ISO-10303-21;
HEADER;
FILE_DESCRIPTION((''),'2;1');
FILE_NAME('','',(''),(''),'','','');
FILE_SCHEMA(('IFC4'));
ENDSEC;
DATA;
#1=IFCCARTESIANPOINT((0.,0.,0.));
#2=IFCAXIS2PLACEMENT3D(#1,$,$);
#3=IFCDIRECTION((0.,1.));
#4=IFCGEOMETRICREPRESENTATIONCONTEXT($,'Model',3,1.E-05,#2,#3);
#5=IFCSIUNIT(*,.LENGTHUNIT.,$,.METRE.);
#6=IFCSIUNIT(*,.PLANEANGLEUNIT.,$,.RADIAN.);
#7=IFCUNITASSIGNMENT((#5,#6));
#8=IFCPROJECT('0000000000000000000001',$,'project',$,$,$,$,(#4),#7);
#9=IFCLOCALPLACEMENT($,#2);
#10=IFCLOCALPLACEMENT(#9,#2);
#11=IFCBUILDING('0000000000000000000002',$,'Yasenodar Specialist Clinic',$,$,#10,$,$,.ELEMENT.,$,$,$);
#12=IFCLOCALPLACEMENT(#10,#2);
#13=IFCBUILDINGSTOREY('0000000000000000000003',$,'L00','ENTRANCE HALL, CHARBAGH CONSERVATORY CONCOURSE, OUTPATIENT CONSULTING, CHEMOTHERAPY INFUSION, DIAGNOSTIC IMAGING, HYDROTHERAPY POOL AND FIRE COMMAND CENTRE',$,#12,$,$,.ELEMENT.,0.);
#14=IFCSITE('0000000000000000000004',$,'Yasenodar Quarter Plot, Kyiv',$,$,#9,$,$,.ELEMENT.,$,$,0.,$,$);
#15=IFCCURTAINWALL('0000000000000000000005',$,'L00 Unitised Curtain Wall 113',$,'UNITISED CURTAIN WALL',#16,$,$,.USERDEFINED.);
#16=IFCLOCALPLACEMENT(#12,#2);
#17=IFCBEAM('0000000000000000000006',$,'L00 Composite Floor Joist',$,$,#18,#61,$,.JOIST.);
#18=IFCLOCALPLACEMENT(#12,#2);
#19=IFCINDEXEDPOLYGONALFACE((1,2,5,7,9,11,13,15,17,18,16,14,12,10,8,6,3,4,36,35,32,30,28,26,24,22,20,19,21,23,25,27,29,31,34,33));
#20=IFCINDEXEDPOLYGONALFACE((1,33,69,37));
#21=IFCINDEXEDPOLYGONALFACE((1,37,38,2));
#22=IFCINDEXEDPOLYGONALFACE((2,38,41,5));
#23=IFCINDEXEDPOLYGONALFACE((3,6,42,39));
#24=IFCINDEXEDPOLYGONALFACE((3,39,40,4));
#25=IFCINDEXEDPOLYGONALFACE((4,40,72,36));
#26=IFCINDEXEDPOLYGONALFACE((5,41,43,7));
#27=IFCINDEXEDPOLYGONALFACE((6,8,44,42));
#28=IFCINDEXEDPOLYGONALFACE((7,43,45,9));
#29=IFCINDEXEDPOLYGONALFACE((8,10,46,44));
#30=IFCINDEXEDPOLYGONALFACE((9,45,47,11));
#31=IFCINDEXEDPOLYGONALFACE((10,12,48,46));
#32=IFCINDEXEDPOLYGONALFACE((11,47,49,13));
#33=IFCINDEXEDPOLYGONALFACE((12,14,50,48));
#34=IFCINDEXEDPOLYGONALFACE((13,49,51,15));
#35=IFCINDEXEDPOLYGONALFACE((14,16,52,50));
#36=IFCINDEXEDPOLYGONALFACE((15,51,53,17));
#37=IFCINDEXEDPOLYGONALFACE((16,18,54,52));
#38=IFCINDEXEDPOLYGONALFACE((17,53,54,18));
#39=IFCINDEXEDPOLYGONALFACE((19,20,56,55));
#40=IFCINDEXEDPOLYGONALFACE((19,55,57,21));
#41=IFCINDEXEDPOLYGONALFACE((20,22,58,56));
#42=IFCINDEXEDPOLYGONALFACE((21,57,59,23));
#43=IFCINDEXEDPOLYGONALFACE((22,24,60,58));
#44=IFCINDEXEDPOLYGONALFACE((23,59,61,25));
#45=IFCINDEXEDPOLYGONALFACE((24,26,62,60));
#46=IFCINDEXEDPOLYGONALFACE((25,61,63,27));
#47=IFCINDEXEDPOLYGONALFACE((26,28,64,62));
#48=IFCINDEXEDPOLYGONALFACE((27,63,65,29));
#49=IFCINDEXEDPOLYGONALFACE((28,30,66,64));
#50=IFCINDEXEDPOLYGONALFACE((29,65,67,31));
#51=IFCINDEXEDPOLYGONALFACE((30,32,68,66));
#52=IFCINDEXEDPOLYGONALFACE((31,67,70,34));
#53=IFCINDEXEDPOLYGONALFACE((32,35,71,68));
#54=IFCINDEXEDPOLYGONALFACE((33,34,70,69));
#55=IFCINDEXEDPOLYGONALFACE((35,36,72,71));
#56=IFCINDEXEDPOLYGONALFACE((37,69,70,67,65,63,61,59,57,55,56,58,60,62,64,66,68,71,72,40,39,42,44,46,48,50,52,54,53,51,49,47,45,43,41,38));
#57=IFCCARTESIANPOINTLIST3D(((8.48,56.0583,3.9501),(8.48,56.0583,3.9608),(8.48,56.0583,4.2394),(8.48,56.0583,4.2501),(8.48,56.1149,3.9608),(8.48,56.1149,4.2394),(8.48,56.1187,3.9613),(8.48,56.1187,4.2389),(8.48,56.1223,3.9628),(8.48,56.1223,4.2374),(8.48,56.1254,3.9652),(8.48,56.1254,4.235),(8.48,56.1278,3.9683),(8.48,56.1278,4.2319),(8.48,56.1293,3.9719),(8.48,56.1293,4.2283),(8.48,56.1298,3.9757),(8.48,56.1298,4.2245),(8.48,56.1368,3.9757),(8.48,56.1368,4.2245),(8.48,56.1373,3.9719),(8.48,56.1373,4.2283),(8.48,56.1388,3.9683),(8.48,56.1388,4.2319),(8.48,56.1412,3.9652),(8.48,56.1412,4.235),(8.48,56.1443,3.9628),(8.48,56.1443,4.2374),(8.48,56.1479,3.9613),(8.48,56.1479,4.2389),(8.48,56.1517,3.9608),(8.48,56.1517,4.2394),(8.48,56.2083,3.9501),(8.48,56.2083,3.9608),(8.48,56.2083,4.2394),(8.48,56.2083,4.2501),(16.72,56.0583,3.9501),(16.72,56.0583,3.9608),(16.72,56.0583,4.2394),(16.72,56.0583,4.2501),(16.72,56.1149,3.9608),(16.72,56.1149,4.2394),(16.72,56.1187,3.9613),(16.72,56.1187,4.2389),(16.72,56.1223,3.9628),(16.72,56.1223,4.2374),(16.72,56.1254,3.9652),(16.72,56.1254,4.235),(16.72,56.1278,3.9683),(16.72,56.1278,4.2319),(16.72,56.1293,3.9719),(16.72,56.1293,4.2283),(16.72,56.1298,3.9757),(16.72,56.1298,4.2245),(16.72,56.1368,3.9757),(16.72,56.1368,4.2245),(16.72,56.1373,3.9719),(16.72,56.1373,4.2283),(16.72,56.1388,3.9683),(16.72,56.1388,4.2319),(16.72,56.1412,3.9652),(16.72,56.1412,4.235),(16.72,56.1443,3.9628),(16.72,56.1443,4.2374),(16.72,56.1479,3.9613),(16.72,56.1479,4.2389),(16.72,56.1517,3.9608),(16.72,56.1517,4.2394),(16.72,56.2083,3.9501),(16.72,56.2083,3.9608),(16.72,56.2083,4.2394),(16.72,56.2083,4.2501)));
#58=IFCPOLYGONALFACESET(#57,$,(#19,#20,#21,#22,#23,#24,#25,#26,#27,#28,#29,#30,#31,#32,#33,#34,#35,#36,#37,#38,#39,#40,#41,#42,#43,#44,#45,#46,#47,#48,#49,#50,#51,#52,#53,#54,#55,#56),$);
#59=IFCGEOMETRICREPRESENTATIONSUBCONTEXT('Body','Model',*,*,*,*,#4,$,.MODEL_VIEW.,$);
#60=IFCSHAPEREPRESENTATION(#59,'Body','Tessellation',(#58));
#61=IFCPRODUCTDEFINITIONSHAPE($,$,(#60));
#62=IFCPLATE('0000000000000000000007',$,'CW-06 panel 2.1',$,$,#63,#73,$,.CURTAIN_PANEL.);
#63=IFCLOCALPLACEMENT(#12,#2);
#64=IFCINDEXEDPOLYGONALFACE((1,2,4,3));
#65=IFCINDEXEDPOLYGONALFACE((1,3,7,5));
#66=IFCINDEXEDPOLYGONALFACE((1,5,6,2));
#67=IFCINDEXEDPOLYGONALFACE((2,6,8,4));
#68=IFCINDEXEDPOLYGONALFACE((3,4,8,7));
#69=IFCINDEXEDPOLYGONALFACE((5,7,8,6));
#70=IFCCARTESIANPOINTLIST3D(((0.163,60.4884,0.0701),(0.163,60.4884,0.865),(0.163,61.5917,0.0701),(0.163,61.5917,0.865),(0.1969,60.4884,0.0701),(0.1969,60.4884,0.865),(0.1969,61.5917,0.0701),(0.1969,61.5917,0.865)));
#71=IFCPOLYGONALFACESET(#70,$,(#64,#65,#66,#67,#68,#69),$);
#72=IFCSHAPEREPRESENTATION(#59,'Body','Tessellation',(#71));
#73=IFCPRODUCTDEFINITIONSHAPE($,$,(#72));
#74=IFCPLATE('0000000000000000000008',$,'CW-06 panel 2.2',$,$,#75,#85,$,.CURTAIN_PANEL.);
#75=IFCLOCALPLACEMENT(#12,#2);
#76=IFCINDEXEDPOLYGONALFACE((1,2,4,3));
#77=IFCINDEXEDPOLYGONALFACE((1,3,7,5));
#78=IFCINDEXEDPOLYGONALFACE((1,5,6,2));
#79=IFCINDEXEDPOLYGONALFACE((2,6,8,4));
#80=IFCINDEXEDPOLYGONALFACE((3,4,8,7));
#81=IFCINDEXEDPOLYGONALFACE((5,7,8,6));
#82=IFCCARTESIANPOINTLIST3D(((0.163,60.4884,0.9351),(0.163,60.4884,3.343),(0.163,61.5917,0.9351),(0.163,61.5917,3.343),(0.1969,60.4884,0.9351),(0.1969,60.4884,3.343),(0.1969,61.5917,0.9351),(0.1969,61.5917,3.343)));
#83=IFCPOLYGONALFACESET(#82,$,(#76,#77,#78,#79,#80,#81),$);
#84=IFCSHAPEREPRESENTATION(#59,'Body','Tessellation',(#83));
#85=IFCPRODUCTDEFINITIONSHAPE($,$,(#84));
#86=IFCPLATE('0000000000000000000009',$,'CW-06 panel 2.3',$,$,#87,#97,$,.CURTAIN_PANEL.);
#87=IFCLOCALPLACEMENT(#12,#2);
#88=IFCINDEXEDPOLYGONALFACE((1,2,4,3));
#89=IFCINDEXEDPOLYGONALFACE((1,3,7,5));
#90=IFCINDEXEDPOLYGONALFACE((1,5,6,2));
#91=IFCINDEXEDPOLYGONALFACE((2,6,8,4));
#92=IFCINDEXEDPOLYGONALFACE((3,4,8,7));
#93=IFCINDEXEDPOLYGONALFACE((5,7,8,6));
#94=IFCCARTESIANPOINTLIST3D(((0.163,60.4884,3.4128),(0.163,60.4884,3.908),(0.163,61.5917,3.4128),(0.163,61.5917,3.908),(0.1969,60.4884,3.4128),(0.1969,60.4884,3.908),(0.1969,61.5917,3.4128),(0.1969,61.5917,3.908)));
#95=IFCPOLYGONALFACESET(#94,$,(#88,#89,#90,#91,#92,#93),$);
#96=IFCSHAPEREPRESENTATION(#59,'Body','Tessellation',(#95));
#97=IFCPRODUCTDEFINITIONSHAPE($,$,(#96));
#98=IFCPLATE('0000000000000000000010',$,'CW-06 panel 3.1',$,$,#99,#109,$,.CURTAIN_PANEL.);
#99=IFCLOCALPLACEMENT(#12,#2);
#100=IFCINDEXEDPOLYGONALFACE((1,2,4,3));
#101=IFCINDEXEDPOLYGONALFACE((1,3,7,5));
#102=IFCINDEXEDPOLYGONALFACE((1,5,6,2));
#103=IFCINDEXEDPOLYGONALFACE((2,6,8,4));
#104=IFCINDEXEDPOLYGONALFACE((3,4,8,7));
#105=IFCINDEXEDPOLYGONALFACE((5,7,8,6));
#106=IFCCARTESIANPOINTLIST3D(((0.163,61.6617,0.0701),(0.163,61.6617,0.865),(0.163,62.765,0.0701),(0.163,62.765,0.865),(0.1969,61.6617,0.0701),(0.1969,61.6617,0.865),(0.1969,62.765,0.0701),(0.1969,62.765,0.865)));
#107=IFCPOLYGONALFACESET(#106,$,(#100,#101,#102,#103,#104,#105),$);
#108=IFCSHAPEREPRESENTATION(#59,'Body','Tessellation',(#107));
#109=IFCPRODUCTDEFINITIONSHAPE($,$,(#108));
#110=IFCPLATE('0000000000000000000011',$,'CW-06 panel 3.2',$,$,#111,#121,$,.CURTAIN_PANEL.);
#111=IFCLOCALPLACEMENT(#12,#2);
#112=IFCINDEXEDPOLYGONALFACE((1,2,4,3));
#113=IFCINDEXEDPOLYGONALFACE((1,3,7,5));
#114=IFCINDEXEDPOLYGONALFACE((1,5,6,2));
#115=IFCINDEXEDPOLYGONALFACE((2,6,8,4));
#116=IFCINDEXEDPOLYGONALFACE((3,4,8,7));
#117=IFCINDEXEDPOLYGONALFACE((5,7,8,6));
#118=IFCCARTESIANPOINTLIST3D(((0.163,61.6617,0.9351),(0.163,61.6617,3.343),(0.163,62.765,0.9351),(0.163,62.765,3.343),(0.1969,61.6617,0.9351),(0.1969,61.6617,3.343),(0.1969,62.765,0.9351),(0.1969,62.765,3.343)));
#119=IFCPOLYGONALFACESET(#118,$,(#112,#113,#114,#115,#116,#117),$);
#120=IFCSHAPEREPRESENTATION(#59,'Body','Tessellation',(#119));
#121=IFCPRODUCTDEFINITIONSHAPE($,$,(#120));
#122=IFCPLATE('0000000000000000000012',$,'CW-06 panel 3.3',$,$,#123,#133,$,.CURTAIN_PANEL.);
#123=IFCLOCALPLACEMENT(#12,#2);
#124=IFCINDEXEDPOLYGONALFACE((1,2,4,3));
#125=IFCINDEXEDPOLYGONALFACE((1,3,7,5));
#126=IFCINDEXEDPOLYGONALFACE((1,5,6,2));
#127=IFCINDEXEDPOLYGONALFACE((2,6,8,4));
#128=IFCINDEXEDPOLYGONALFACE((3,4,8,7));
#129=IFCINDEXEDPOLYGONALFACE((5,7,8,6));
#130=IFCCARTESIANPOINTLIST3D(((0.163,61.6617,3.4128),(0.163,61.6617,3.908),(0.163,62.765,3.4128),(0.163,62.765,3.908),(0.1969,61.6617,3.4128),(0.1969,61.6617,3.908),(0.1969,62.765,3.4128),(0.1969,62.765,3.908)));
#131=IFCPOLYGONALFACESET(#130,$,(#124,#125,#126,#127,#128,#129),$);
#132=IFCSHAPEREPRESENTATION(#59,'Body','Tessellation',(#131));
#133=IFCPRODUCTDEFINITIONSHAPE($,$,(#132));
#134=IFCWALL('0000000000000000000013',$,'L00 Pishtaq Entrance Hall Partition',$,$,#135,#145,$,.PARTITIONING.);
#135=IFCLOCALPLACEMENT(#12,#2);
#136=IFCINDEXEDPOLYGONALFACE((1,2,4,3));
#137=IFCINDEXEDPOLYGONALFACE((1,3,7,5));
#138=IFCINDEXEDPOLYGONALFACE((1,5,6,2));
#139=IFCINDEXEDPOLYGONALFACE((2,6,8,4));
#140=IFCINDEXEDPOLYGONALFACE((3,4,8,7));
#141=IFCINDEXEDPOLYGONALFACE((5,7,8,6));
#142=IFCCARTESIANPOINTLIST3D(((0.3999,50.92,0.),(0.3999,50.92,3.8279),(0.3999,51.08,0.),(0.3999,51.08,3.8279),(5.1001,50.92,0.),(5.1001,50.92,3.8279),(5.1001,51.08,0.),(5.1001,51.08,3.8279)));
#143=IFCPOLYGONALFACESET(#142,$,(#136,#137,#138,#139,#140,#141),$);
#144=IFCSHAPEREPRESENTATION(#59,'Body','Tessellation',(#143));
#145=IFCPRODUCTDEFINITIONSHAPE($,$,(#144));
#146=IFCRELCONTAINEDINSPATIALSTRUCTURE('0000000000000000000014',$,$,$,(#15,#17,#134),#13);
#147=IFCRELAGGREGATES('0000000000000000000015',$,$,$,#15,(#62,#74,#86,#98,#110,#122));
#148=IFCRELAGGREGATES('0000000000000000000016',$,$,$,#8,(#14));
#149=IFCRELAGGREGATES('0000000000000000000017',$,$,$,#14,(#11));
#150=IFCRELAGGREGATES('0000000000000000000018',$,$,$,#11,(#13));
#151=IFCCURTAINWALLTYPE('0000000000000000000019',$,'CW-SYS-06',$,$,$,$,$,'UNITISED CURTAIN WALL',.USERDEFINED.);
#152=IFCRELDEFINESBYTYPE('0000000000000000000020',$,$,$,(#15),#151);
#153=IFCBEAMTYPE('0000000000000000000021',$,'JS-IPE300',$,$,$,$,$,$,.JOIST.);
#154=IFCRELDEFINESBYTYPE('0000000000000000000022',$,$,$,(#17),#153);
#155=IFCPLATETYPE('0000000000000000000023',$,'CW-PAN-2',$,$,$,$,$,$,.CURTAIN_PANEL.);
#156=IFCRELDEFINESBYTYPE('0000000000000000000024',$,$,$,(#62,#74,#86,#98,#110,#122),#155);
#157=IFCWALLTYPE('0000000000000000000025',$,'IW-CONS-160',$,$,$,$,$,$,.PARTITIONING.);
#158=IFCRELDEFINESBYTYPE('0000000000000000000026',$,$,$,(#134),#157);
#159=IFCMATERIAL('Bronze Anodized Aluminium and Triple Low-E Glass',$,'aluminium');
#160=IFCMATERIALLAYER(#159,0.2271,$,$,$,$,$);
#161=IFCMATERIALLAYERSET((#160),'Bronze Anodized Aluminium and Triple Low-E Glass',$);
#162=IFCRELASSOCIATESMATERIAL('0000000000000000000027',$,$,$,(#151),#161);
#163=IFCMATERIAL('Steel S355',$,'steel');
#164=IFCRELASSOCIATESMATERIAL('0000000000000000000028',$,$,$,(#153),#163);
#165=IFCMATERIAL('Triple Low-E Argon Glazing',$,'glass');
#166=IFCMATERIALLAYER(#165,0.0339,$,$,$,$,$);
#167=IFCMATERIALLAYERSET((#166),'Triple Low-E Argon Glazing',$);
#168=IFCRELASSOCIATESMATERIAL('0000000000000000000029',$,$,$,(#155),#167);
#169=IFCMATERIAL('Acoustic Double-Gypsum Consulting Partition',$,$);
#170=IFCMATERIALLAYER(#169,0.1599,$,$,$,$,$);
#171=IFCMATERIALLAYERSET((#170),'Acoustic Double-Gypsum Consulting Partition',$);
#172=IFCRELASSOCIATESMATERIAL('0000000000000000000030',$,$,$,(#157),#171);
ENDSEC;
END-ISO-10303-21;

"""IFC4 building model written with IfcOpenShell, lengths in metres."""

from ifc_helpers import new_model, si_unit, direction, frame, frame_2d, origin, origin_2d, place, context, subcontext, project, spatial, rectangle, i_section, extrude, material, layer, layer_set, material_profile, profile_set, type_object, element, aggregate, save


model = new_model("IFC4")

# Units and contexts
model_context = context("Model", 3, precision=1e-05, world=origin(), true_north=direction((0.0, 1.0)))
body_context = subcontext(model_context, "Body", "Model", "MODEL_VIEW")
ifc_project = project(units=[si_unit("LENGTHUNIT", "METRE"), si_unit("PLANEANGLEUNIT", "RADIAN")], contexts=[model_context])

# Site, building, storey
site_placement = place(None, origin())
site = spatial("IfcSite", under=ifc_project, at=site_placement, Name="Yasenodar Quarter Plot, Kyiv", CompositionType="ELEMENT", RefElevation=0.0)
building_placement = place(site_placement, origin())
building = spatial("IfcBuilding", under=site, at=building_placement, Name="Yasenodar Specialist Clinic", CompositionType="ELEMENT")
storey_placement = place(building_placement, origin())
storey = spatial("IfcBuildingStorey", under=building, at=storey_placement, Name="L00", Description="ENTRANCE HALL, CHARBAGH CONSERVATORY CONCOURSE, OUTPATIENT CONSULTING, CHEMOTHERAPY INFUSION, DIAGNOSTIC IMAGING, HYDROTHERAPY POOL AND FIRE COMMAND CENTRE", CompositionType="ELEMENT", Elevation=0.0)

# Shared definitions
ifc_material_1 = material(Name="Steel S355", Category="steel")

# Curtain wall
ifc_material_2 = material(Name="Bronze Anodized Aluminium and Triple Low-E Glass", Category="aluminium")
ifc_layer_1 = layer(ifc_material_2, 0.2271)
ifc_layer_set_1 = layer_set([ifc_layer_1], Name="Bronze Anodized Aluminium and Triple Low-E Glass")
curtain_wall_type = type_object("IfcCurtainWallType", Name="CW-SYS-06", ElementType="UNITISED CURTAIN WALL", PredefinedType="USERDEFINED", material=ifc_layer_set_1)
curtain_wall_placement = place(storey_placement, origin())
curtain_wall = element("IfcCurtainWall", 1, at=curtain_wall_placement, inside=storey, type_object=curtain_wall_type, Name="L00 Unitised Curtain Wall 113", ObjectType="UNITISED CURTAIN WALL", PredefinedType="USERDEFINED")

# Beam
ifc_material_profile_1 = material_profile(ifc_material_1, i_section(OverallWidth=0.1499, OverallDepth=0.3, WebThickness=0.0071, FlangeThickness=0.0107, FilletRadius=0.0149, at=origin_2d()), Name="IPE 300")
ifc_profile_set_1 = profile_set([ifc_material_profile_1], Name="Steel S355")
beam_type_1 = type_object("IfcBeamType", Name="JS-IPE300", PredefinedType="JOIST", material=ifc_profile_set_1)
beam_1_placement = place(storey_placement, frame((8.48, 56.1333, 4.1001), z_axis=(1.0, 0.0, 0.0), x_axis=(0.0, 1.0, 0.0)))
element("IfcBeam", 2, at=beam_1_placement, inside=storey, type_object=beam_type_1, Name="L00 Composite Floor Joist", PredefinedType="JOIST", context=body_context, shape_type="SweptSolid", body=[
    extrude(i_section(OverallWidth=0.1499, OverallDepth=0.3, WebThickness=0.0071, FlangeThickness=0.0107, FilletRadius=0.0149, at=origin_2d()), origin(), (0.0, 0.0, 1.0), 8.24),
])

# Plates
ifc_material_3 = material(Name="Triple Low-E Argon Glazing", Category="glass")
ifc_layer_2 = layer(ifc_material_3, 0.0339)
ifc_layer_set_2 = layer_set([ifc_layer_2], Name="Triple Low-E Argon Glazing")
plate_type = type_object("IfcPlateType", Name="CW-PAN-2", PredefinedType="CURTAIN_PANEL", material=ifc_layer_set_2)
plate_1_placement = place(storey_placement, frame((0.1799, 61.04, 0.0701), z_axis=(0.0, 0.0, 1.0), x_axis=(0.0, 1.0, 0.0)))
plate_1 = element("IfcPlate", 3, at=plate_1_placement, type_object=plate_type, Name="CW-06 panel 2.1", PredefinedType="CURTAIN_PANEL", context=body_context, shape_type="SweptSolid", body=[
    extrude(rectangle(XDim=1.1033, YDim=0.0339, at=origin_2d()), origin(), (0.0, 0.0, 1.0), 0.7949),
])
plate_2_placement = place(storey_placement, frame((0.1799, 61.04, 0.9351), z_axis=(0.0, 0.0, 1.0), x_axis=(0.0, 1.0, 0.0)))
plate_2 = element("IfcPlate", 4, at=plate_2_placement, type_object=plate_type, Name="CW-06 panel 2.2", PredefinedType="CURTAIN_PANEL", context=body_context, shape_type="SweptSolid", body=[
    extrude(rectangle(XDim=1.1033, YDim=0.0339, at=origin_2d()), origin(), (0.0, 0.0, 1.0), 2.408),
])
plate_3_placement = place(storey_placement, frame((0.1799, 61.04, 3.4128), z_axis=(0.0, 0.0, 1.0), x_axis=(0.0, 1.0, 0.0)))
plate_3 = element("IfcPlate", 5, at=plate_3_placement, type_object=plate_type, Name="CW-06 panel 2.3", PredefinedType="CURTAIN_PANEL", context=body_context, shape_type="SweptSolid", body=[
    extrude(rectangle(XDim=1.1033, YDim=0.0339, at=origin_2d()), origin(), (0.0, 0.0, 1.0), 0.4951),
])
plate_4_placement = place(storey_placement, frame((0.1799, 62.2134, 0.0701), z_axis=(0.0, 0.0, 1.0), x_axis=(0.0, 1.0, 0.0)))
plate_4 = element("IfcPlate", 6, at=plate_4_placement, type_object=plate_type, Name="CW-06 panel 3.1", PredefinedType="CURTAIN_PANEL", context=body_context, shape_type="SweptSolid", body=[
    extrude(rectangle(XDim=1.1033, YDim=0.0339, at=origin_2d()), origin(), (0.0, 0.0, 1.0), 0.7949),
])
plate_5_placement = place(storey_placement, frame((0.1799, 62.2134, 0.9351), z_axis=(0.0, 0.0, 1.0), x_axis=(0.0, 1.0, 0.0)))
plate_5 = element("IfcPlate", 7, at=plate_5_placement, type_object=plate_type, Name="CW-06 panel 3.2", PredefinedType="CURTAIN_PANEL", context=body_context, shape_type="SweptSolid", body=[
    extrude(rectangle(XDim=1.1033, YDim=0.0339, at=origin_2d()), origin(), (0.0, 0.0, 1.0), 2.408),
])
plate_6_placement = place(storey_placement, frame((0.1799, 62.2134, 3.4128), z_axis=(0.0, 0.0, 1.0), x_axis=(0.0, 1.0, 0.0)))
plate_6 = element("IfcPlate", 8, at=plate_6_placement, type_object=plate_type, Name="CW-06 panel 3.3", PredefinedType="CURTAIN_PANEL", context=body_context, shape_type="SweptSolid", body=[
    extrude(rectangle(XDim=1.1033, YDim=0.0339, at=origin_2d()), origin(), (0.0, 0.0, 1.0), 0.4951),
])
aggregate(curtain_wall, [plate_1, plate_2, plate_3, plate_4, plate_5, plate_6])

# Wall
ifc_material_4 = material(Name="Acoustic Double-Gypsum Consulting Partition")
ifc_layer_3 = layer(ifc_material_4, 0.1599)
ifc_layer_set_3 = layer_set([ifc_layer_3], Name="Acoustic Double-Gypsum Consulting Partition")
wall_type = type_object("IfcWallType", Name="IW-CONS-160", PredefinedType="PARTITIONING", material=ifc_layer_set_3)
wall_placement = place(storey_placement, frame((5.1001, 51.0, 0.0), z_axis=(0.0, 0.0, 1.0), x_axis=(-1.0, 0.0, 0.0)))
element("IfcWall", 9, at=wall_placement, inside=storey, type_object=wall_type, Name="L00 Pishtaq Entrance Hall Partition", PredefinedType="PARTITIONING", context=body_context, shape_type="SweptSolid", body=[
    extrude(rectangle(XDim=4.7002, YDim=0.1599, at=frame_2d((2.3501, 0.0))), origin(), (0.0, 0.0, 1.0), 3.8279),
])

save(model, "model.ifc")
